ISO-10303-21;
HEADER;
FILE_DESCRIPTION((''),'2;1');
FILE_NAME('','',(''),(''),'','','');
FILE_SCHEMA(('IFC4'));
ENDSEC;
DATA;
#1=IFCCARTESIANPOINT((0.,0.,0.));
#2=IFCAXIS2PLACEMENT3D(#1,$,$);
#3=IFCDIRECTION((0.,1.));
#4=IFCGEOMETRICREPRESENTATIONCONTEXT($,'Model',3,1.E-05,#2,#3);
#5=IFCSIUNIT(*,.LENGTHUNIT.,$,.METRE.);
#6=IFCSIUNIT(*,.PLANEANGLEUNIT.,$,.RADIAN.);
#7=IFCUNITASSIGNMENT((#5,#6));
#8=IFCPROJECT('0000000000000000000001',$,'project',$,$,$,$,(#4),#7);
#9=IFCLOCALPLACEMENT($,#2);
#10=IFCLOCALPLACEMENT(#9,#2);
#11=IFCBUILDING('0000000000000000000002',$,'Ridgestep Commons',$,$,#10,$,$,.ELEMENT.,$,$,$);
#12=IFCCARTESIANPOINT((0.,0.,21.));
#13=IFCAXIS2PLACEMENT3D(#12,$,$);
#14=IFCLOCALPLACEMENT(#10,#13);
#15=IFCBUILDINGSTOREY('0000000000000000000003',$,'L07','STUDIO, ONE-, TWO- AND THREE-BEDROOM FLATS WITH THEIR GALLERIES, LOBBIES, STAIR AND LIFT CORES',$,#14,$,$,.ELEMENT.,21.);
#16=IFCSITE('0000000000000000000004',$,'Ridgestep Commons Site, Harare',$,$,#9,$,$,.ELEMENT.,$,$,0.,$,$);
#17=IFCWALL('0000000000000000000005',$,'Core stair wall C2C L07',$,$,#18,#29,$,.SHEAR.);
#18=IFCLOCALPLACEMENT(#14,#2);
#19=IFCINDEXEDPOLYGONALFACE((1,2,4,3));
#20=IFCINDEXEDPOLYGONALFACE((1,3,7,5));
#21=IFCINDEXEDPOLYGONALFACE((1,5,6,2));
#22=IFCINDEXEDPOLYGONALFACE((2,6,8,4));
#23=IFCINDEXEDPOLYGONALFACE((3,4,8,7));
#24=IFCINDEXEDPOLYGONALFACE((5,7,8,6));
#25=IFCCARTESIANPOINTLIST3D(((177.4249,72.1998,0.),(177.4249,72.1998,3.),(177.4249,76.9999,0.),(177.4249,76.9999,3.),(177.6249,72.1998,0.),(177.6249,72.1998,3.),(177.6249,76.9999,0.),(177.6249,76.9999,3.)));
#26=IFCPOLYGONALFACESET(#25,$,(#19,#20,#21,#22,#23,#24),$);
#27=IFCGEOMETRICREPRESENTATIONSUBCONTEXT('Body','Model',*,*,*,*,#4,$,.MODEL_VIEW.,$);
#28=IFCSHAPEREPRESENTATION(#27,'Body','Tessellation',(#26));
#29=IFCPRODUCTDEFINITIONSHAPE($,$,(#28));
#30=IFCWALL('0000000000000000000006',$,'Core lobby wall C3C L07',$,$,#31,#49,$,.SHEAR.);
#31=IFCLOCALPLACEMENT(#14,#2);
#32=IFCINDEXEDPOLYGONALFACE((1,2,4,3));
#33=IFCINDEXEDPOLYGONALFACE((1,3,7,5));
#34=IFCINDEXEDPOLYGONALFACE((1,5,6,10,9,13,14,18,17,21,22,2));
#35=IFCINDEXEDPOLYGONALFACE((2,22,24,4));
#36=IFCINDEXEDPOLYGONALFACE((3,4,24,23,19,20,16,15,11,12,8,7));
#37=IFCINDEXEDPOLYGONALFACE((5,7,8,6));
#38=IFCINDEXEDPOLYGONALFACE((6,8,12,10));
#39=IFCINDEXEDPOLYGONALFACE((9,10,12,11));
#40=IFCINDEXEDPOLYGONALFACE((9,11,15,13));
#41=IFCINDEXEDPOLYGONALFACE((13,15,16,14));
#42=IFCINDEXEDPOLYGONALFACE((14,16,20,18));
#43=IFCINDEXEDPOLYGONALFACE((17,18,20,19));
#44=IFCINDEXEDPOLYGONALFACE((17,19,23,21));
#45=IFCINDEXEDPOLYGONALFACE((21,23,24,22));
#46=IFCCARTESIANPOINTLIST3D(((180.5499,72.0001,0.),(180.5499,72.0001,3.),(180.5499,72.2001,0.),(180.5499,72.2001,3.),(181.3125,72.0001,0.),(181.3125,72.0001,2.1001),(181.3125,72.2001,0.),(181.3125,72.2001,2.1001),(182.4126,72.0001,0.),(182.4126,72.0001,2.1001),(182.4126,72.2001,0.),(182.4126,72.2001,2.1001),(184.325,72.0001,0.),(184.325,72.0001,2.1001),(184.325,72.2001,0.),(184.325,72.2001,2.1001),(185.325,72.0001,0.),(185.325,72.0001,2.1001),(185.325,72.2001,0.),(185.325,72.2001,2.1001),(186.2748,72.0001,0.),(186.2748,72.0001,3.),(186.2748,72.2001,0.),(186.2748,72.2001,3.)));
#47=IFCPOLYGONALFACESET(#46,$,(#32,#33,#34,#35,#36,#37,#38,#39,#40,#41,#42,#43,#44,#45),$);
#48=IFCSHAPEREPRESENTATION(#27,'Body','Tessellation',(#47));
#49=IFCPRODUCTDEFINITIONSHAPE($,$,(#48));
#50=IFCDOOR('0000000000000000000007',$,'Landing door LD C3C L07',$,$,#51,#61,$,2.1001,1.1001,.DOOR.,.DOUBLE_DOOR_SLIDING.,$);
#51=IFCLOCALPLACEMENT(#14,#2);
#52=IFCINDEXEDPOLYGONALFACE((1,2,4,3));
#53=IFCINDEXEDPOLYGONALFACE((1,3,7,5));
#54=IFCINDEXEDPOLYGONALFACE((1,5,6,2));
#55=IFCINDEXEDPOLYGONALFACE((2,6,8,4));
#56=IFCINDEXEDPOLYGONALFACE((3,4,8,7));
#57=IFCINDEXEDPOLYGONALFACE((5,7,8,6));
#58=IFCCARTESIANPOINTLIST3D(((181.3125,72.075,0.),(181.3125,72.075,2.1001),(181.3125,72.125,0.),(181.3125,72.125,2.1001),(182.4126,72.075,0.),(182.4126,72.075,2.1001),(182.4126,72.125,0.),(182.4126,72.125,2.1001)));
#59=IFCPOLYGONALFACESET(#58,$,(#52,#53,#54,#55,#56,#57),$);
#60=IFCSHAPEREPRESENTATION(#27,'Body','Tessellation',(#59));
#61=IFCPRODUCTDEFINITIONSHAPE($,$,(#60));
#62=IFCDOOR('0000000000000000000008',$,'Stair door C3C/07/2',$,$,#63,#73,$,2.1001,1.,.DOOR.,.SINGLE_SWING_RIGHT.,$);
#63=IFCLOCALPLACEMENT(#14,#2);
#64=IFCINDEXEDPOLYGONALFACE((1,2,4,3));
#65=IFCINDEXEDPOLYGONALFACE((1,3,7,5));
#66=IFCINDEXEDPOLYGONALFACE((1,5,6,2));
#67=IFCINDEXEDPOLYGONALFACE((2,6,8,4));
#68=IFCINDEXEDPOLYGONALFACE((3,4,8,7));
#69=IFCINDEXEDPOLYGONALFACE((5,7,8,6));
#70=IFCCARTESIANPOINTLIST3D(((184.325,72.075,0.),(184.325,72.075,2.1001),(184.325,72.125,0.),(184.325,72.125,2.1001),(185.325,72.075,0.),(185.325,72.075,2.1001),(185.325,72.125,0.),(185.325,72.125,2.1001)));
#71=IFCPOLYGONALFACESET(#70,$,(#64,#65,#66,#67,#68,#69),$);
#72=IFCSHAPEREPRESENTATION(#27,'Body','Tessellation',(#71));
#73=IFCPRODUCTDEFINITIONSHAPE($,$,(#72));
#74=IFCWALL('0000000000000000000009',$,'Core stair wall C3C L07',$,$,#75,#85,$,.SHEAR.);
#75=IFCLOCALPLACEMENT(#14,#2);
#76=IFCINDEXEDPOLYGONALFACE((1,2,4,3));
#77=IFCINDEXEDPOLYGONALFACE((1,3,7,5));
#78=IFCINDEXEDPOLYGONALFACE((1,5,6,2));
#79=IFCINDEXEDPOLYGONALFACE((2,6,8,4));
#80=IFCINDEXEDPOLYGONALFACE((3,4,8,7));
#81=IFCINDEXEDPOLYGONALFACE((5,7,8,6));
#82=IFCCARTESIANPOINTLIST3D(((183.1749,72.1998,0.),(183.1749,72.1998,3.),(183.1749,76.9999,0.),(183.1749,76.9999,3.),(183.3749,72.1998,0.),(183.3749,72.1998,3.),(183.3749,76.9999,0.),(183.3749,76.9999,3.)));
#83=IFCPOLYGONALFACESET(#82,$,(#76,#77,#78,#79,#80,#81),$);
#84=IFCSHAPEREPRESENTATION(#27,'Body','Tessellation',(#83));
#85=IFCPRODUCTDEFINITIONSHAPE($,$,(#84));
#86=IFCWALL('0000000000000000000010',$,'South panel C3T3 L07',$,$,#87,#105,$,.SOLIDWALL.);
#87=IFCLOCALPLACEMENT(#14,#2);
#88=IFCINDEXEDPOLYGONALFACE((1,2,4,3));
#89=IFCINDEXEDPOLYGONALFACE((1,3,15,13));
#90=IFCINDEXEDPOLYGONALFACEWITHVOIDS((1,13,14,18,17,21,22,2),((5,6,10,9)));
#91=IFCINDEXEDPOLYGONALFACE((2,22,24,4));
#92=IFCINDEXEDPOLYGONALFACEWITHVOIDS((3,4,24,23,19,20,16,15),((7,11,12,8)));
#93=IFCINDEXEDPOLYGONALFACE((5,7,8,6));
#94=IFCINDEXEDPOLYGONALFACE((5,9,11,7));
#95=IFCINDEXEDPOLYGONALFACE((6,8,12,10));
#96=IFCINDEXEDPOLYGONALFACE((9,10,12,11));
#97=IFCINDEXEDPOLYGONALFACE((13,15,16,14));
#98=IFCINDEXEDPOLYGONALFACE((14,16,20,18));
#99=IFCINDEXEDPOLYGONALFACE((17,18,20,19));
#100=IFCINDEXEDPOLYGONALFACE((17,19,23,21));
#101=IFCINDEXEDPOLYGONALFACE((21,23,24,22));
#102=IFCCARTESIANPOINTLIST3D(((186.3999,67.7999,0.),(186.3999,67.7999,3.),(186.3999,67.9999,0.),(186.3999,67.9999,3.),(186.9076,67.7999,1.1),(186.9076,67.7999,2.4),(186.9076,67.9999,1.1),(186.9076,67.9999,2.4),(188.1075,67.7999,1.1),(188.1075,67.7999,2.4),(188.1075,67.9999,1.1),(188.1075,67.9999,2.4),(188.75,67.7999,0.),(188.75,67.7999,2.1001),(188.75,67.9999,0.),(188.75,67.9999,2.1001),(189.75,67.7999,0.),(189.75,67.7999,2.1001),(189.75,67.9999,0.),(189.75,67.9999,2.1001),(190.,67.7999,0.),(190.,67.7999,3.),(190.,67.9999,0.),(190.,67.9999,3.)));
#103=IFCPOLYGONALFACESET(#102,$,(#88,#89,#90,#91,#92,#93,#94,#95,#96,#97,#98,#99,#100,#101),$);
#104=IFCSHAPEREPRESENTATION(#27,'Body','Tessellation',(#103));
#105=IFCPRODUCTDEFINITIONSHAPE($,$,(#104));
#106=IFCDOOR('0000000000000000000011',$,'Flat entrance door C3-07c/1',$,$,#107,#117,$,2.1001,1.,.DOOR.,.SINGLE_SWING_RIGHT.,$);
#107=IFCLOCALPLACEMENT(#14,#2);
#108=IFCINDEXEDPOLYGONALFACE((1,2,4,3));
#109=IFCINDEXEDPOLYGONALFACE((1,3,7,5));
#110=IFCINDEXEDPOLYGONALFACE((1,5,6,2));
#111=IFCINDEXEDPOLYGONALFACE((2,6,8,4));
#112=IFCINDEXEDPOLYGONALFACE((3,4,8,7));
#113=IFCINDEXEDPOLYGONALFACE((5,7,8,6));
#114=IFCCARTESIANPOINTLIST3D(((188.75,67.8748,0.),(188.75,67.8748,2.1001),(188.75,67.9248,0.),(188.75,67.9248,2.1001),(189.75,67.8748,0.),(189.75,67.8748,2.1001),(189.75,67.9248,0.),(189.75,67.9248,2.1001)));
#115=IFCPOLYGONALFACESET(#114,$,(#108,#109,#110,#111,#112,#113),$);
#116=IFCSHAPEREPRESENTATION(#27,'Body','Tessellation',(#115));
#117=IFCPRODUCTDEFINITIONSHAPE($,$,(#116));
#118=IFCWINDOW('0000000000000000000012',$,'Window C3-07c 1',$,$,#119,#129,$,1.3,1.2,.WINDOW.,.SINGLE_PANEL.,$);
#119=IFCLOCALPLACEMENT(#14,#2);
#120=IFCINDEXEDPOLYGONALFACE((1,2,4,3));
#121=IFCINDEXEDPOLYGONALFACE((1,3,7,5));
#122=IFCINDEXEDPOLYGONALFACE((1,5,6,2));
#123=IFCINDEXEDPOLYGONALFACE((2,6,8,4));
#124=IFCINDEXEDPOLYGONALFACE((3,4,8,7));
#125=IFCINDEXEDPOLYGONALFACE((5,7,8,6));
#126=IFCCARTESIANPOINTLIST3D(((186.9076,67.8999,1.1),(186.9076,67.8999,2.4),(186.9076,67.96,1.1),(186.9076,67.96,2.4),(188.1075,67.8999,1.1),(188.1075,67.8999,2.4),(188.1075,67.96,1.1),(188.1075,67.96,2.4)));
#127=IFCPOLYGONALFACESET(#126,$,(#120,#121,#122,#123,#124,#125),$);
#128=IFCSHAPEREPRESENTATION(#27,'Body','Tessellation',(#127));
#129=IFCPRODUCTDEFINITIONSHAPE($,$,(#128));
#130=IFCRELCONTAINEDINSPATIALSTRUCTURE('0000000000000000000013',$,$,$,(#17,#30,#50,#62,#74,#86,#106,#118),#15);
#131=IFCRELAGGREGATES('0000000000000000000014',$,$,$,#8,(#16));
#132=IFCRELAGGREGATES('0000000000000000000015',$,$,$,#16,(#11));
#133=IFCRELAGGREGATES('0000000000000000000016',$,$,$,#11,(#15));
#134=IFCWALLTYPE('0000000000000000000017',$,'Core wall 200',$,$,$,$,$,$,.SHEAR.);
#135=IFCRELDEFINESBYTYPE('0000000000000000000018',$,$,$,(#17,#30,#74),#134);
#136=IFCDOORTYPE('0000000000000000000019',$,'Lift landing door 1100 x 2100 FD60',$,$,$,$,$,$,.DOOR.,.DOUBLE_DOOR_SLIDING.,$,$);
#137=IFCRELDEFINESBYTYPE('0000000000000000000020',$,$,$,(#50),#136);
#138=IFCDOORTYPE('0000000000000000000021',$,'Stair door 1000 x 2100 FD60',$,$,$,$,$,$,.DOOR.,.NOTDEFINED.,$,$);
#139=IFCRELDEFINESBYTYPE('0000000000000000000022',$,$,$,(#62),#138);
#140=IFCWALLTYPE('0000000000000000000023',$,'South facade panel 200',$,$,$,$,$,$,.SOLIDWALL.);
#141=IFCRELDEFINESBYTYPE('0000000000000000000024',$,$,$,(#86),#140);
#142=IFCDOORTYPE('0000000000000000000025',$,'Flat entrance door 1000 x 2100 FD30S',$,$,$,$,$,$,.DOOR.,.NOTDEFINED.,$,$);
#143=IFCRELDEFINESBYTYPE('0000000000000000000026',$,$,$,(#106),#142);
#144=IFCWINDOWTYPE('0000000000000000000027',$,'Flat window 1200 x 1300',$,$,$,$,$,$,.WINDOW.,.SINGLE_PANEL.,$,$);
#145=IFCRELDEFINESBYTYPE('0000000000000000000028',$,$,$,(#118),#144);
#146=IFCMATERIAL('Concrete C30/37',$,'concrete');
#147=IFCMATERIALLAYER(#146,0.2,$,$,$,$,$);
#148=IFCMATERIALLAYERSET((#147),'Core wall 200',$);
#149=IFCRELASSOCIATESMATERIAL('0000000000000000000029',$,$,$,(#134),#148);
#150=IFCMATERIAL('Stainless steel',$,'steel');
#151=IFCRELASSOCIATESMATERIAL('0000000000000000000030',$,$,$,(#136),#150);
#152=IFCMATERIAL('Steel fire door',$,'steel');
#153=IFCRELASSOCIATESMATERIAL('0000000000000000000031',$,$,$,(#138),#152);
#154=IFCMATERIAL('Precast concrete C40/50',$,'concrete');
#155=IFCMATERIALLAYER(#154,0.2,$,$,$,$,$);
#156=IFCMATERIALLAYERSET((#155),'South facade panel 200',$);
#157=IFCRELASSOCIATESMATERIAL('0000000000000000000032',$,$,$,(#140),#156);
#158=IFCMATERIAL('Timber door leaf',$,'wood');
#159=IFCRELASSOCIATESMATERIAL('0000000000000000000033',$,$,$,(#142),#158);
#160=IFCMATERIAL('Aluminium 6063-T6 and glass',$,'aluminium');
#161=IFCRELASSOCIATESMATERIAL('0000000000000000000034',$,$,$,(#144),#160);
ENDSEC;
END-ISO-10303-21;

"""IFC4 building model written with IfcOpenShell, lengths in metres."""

from ifc_helpers import new_model, si_unit, direction, frame, frame_2d, origin, place, context, subcontext, project, spatial, rectangle, extrude, material, layer, layer_set, type_object, element, fill, save


model = new_model("IFC4")

# Units and contexts
model_context = context("Model", 3, precision=1e-05, world=origin(), true_north=direction((0.0, 1.0)))
body_context = subcontext(model_context, "Body", "Model", "MODEL_VIEW")
ifc_project = project(units=[si_unit("LENGTHUNIT", "METRE"), si_unit("PLANEANGLEUNIT", "RADIAN")], contexts=[model_context])

# Site, building, storey
site_placement = place(None, origin())
site = spatial("IfcSite", under=ifc_project, at=site_placement, Name="Ridgestep Commons Site, Harare", CompositionType="ELEMENT", RefElevation=0.0)
building_placement = place(site_placement, origin())
building = spatial("IfcBuilding", under=site, at=building_placement, Name="Ridgestep Commons", CompositionType="ELEMENT")
storey_placement = place(building_placement, frame((0.0, 0.0, 21.0)))
storey = spatial("IfcBuildingStorey", under=building, at=storey_placement, Name="L07", Description="STUDIO, ONE-, TWO- AND THREE-BEDROOM FLATS WITH THEIR GALLERIES, LOBBIES, STAIR AND LIFT CORES", CompositionType="ELEMENT", Elevation=21.0)

# Wall
ifc_material_1 = material(Name="Concrete C30/37", Category="concrete")
ifc_layer_1 = layer(ifc_material_1, 0.2)
ifc_layer_set_1 = layer_set([ifc_layer_1], Name="Core wall 200")
wall_type_1 = type_object("IfcWallType", Name="Core wall 200", PredefinedType="SHEAR", material=ifc_layer_set_1)
wall_1_placement = place(storey_placement, frame((177.5249, 72.2, 0.0), z_axis=(0.0, 0.0, 1.0), x_axis=(0.0, 1.0, 0.0)))
element("IfcWall", 1, at=wall_1_placement, inside=storey, type_object=wall_type_1, Name="Core stair wall C2C L07", PredefinedType="SHEAR", context=body_context, shape_type="SweptSolid", body=[
    extrude(rectangle(XDim=4.8, YDim=0.2, at=frame_2d((2.3999, 0.0))), origin(), (0.0, 0.0, 1.0), 3.0),
])

# Wall, openings, doors
wall_2_placement = place(storey_placement, frame((180.55, 72.1001, 0.0), z_axis=(0.0, 0.0, 1.0), x_axis=(1.0, 0.0, 0.0)))
wall_2 = element("IfcWall", 2, at=wall_2_placement, inside=storey, type_object=wall_type_1, Name="Core lobby wall C3C L07", PredefinedType="SHEAR", context=body_context, shape_type="SweptSolid", body=[
    extrude(rectangle(XDim=5.7249, YDim=0.2, at=frame_2d((2.8623, 0.0))), origin(), (0.0, 0.0, 1.0), 3.0),
])
opening_1_placement = place(wall_2_placement, frame((3.7749, 0.0, 0.0)))
opening_1 = element("IfcOpeningElement", 3, at=opening_1_placement, cuts=wall_2, PredefinedType="OPENING", context=body_context, shape_type="SweptSolid", body=[
    extrude(rectangle(XDim=1.0, YDim=2.1001, at=frame_2d((0.5, 1.05))), frame((0.0, 0.1099, 0.0), z_axis=(0.0, -1.0, 0.0), x_axis=(1.0, 0.0, 0.0)), (0.0, 0.0, 1.0), 0.22),
])
opening_2_placement = place(wall_2_placement, frame((0.7625, 0.0, 0.0)))
opening_2 = element("IfcOpeningElement", 4, at=opening_2_placement, cuts=wall_2, PredefinedType="OPENING", context=body_context, shape_type="SweptSolid", body=[
    extrude(rectangle(XDim=1.1001, YDim=2.1001, at=frame_2d((0.55, 1.05))), frame((0.0, 0.1099, 0.0), z_axis=(0.0, -1.0, 0.0), x_axis=(1.0, 0.0, 0.0)), (0.0, 0.0, 1.0), 0.22),
])
ifc_material_2 = material(Name="Stainless steel", Category="steel")
door_type_1 = type_object("IfcDoorType", Name="Lift landing door 1100 x 2100 FD60", OperationType="DOUBLE_DOOR_SLIDING", PredefinedType="DOOR", material=ifc_material_2)
door_1_placement = place(opening_2_placement, origin())
door_1 = element("IfcDoor", 5, at=door_1_placement, inside=storey, type_object=door_type_1, Name="Landing door LD C3C L07", OperationType="DOUBLE_DOOR_SLIDING", OverallHeight=2.1001, OverallWidth=1.1001, PredefinedType="DOOR", context=body_context, shape_type="SweptSolid", body=[
    extrude(rectangle(XDim=1.1001, YDim=2.1001, at=frame_2d((0.55, 1.05))), frame((0.0, 0.0249, 0.0), z_axis=(0.0, -1.0, 0.0), x_axis=(1.0, 0.0, 0.0)), (0.0, 0.0, 1.0), 0.05),
])
fill(opening_2, door_1)
ifc_material_3 = material(Name="Steel fire door", Category="steel")
door_type_2 = type_object("IfcDoorType", Name="Stair door 1000 x 2100 FD60", OperationType="NOTDEFINED", PredefinedType="DOOR", material=ifc_material_3)
door_2_placement = place(opening_1_placement, origin())
door_2 = element("IfcDoor", 6, at=door_2_placement, inside=storey, type_object=door_type_2, Name="Stair door C3C/07/2", OperationType="SINGLE_SWING_RIGHT", OverallHeight=2.1001, OverallWidth=1.0, PredefinedType="DOOR", context=body_context, shape_type="SweptSolid", body=[
    extrude(rectangle(XDim=1.0, YDim=2.1001, at=frame_2d((0.5, 1.05))), frame((0.0, 0.0249, 0.0), z_axis=(0.0, -1.0, 0.0), x_axis=(1.0, 0.0, 0.0)), (0.0, 0.0, 1.0), 0.05),
])
fill(opening_1, door_2)

# Wall
wall_3_placement = place(storey_placement, frame((183.2749, 72.2, 0.0), z_axis=(0.0, 0.0, 1.0), x_axis=(0.0, 1.0, 0.0)))
element("IfcWall", 7, at=wall_3_placement, inside=storey, type_object=wall_type_1, Name="Core stair wall C3C L07", PredefinedType="SHEAR", context=body_context, shape_type="SweptSolid", body=[
    extrude(rectangle(XDim=4.8, YDim=0.2, at=frame_2d((2.3999, 0.0))), origin(), (0.0, 0.0, 1.0), 3.0),
])

# Wall, openings, door, window
ifc_material_4 = material(Name="Precast concrete C40/50", Category="concrete")
ifc_layer_2 = layer(ifc_material_4, 0.2)
ifc_layer_set_2 = layer_set([ifc_layer_2], Name="South facade panel 200")
wall_type_2 = type_object("IfcWallType", Name="South facade panel 200", PredefinedType="SOLIDWALL", material=ifc_layer_set_2)
wall_4_placement = place(storey_placement, frame((186.3999, 67.8999, 0.0), z_axis=(0.0, 0.0, 1.0), x_axis=(1.0, 0.0, 0.0)))
wall_4 = element("IfcWall", 8, at=wall_4_placement, inside=storey, type_object=wall_type_2, Name="South panel C3T3 L07", PredefinedType="SOLIDWALL", context=body_context, shape_type="SweptSolid", body=[
    extrude(rectangle(XDim=3.6001, YDim=0.2, at=frame_2d((1.8, 0.0))), origin(), (0.0, 0.0, 1.0), 3.0),
])
opening_3_placement = place(wall_4_placement, frame((0.5076, 0.0, 1.1001)))
opening_3 = element("IfcOpeningElement", 9, at=opening_3_placement, cuts=wall_4, PredefinedType="OPENING", context=body_context, shape_type="SweptSolid", body=[
    extrude(rectangle(XDim=1.2, YDim=1.3, at=frame_2d((0.6001, 0.6499))), frame((0.0, 0.1099, 0.0), z_axis=(0.0, -1.0, 0.0), x_axis=(1.0, 0.0, 0.0)), (0.0, 0.0, 1.0), 0.22),
])
opening_4_placement = place(wall_4_placement, frame((2.3501, 0.0, 0.0)))
opening_4 = element("IfcOpeningElement", 10, at=opening_4_placement, cuts=wall_4, PredefinedType="OPENING", context=body_context, shape_type="SweptSolid", body=[
    extrude(rectangle(XDim=1.0, YDim=2.1001, at=frame_2d((0.5, 1.05))), frame((0.0, 0.1099, 0.0), z_axis=(0.0, -1.0, 0.0), x_axis=(1.0, 0.0, 0.0)), (0.0, 0.0, 1.0), 0.22),
])
ifc_material_5 = material(Name="Timber door leaf", Category="wood")
door_type_3 = type_object("IfcDoorType", Name="Flat entrance door 1000 x 2100 FD30S", OperationType="NOTDEFINED", PredefinedType="DOOR", material=ifc_material_5)
door_3_placement = place(opening_4_placement, origin())
door_3 = element("IfcDoor", 11, at=door_3_placement, inside=storey, type_object=door_type_3, Name="Flat entrance door C3-07c/1", OperationType="SINGLE_SWING_RIGHT", OverallHeight=2.1001, OverallWidth=1.0, PredefinedType="DOOR", context=body_context, shape_type="SweptSolid", body=[
    extrude(rectangle(XDim=1.0, YDim=2.1001, at=frame_2d((0.5, 1.05))), frame((0.0, 0.0249, 0.0), z_axis=(0.0, -1.0, 0.0), x_axis=(1.0, 0.0, 0.0)), (0.0, 0.0, 1.0), 0.05),
])
fill(opening_4, door_3)
ifc_material_6 = material(Name="Aluminium 6063-T6 and glass", Category="aluminium")
window_type = type_object("IfcWindowType", Name="Flat window 1200 x 1300", PartitioningType="SINGLE_PANEL", PredefinedType="WINDOW", material=ifc_material_6)
window_placement = place(opening_3_placement, origin())
window = element("IfcWindow", 12, at=window_placement, inside=storey, type_object=window_type, Name="Window C3-07c 1", OverallHeight=1.3, OverallWidth=1.2, PartitioningType="SINGLE_PANEL", PredefinedType="WINDOW", context=body_context, shape_type="SweptSolid", body=[
    extrude(rectangle(XDim=1.2, YDim=1.3, at=frame_2d((0.6001, 0.6499))), frame((0.0, 0.0601, 0.0), z_axis=(0.0, -1.0, 0.0), x_axis=(1.0, 0.0, 0.0)), (0.0, 0.0, 1.0), 0.0601),
])
fill(opening_3, window)

save(model, "model.ifc")
